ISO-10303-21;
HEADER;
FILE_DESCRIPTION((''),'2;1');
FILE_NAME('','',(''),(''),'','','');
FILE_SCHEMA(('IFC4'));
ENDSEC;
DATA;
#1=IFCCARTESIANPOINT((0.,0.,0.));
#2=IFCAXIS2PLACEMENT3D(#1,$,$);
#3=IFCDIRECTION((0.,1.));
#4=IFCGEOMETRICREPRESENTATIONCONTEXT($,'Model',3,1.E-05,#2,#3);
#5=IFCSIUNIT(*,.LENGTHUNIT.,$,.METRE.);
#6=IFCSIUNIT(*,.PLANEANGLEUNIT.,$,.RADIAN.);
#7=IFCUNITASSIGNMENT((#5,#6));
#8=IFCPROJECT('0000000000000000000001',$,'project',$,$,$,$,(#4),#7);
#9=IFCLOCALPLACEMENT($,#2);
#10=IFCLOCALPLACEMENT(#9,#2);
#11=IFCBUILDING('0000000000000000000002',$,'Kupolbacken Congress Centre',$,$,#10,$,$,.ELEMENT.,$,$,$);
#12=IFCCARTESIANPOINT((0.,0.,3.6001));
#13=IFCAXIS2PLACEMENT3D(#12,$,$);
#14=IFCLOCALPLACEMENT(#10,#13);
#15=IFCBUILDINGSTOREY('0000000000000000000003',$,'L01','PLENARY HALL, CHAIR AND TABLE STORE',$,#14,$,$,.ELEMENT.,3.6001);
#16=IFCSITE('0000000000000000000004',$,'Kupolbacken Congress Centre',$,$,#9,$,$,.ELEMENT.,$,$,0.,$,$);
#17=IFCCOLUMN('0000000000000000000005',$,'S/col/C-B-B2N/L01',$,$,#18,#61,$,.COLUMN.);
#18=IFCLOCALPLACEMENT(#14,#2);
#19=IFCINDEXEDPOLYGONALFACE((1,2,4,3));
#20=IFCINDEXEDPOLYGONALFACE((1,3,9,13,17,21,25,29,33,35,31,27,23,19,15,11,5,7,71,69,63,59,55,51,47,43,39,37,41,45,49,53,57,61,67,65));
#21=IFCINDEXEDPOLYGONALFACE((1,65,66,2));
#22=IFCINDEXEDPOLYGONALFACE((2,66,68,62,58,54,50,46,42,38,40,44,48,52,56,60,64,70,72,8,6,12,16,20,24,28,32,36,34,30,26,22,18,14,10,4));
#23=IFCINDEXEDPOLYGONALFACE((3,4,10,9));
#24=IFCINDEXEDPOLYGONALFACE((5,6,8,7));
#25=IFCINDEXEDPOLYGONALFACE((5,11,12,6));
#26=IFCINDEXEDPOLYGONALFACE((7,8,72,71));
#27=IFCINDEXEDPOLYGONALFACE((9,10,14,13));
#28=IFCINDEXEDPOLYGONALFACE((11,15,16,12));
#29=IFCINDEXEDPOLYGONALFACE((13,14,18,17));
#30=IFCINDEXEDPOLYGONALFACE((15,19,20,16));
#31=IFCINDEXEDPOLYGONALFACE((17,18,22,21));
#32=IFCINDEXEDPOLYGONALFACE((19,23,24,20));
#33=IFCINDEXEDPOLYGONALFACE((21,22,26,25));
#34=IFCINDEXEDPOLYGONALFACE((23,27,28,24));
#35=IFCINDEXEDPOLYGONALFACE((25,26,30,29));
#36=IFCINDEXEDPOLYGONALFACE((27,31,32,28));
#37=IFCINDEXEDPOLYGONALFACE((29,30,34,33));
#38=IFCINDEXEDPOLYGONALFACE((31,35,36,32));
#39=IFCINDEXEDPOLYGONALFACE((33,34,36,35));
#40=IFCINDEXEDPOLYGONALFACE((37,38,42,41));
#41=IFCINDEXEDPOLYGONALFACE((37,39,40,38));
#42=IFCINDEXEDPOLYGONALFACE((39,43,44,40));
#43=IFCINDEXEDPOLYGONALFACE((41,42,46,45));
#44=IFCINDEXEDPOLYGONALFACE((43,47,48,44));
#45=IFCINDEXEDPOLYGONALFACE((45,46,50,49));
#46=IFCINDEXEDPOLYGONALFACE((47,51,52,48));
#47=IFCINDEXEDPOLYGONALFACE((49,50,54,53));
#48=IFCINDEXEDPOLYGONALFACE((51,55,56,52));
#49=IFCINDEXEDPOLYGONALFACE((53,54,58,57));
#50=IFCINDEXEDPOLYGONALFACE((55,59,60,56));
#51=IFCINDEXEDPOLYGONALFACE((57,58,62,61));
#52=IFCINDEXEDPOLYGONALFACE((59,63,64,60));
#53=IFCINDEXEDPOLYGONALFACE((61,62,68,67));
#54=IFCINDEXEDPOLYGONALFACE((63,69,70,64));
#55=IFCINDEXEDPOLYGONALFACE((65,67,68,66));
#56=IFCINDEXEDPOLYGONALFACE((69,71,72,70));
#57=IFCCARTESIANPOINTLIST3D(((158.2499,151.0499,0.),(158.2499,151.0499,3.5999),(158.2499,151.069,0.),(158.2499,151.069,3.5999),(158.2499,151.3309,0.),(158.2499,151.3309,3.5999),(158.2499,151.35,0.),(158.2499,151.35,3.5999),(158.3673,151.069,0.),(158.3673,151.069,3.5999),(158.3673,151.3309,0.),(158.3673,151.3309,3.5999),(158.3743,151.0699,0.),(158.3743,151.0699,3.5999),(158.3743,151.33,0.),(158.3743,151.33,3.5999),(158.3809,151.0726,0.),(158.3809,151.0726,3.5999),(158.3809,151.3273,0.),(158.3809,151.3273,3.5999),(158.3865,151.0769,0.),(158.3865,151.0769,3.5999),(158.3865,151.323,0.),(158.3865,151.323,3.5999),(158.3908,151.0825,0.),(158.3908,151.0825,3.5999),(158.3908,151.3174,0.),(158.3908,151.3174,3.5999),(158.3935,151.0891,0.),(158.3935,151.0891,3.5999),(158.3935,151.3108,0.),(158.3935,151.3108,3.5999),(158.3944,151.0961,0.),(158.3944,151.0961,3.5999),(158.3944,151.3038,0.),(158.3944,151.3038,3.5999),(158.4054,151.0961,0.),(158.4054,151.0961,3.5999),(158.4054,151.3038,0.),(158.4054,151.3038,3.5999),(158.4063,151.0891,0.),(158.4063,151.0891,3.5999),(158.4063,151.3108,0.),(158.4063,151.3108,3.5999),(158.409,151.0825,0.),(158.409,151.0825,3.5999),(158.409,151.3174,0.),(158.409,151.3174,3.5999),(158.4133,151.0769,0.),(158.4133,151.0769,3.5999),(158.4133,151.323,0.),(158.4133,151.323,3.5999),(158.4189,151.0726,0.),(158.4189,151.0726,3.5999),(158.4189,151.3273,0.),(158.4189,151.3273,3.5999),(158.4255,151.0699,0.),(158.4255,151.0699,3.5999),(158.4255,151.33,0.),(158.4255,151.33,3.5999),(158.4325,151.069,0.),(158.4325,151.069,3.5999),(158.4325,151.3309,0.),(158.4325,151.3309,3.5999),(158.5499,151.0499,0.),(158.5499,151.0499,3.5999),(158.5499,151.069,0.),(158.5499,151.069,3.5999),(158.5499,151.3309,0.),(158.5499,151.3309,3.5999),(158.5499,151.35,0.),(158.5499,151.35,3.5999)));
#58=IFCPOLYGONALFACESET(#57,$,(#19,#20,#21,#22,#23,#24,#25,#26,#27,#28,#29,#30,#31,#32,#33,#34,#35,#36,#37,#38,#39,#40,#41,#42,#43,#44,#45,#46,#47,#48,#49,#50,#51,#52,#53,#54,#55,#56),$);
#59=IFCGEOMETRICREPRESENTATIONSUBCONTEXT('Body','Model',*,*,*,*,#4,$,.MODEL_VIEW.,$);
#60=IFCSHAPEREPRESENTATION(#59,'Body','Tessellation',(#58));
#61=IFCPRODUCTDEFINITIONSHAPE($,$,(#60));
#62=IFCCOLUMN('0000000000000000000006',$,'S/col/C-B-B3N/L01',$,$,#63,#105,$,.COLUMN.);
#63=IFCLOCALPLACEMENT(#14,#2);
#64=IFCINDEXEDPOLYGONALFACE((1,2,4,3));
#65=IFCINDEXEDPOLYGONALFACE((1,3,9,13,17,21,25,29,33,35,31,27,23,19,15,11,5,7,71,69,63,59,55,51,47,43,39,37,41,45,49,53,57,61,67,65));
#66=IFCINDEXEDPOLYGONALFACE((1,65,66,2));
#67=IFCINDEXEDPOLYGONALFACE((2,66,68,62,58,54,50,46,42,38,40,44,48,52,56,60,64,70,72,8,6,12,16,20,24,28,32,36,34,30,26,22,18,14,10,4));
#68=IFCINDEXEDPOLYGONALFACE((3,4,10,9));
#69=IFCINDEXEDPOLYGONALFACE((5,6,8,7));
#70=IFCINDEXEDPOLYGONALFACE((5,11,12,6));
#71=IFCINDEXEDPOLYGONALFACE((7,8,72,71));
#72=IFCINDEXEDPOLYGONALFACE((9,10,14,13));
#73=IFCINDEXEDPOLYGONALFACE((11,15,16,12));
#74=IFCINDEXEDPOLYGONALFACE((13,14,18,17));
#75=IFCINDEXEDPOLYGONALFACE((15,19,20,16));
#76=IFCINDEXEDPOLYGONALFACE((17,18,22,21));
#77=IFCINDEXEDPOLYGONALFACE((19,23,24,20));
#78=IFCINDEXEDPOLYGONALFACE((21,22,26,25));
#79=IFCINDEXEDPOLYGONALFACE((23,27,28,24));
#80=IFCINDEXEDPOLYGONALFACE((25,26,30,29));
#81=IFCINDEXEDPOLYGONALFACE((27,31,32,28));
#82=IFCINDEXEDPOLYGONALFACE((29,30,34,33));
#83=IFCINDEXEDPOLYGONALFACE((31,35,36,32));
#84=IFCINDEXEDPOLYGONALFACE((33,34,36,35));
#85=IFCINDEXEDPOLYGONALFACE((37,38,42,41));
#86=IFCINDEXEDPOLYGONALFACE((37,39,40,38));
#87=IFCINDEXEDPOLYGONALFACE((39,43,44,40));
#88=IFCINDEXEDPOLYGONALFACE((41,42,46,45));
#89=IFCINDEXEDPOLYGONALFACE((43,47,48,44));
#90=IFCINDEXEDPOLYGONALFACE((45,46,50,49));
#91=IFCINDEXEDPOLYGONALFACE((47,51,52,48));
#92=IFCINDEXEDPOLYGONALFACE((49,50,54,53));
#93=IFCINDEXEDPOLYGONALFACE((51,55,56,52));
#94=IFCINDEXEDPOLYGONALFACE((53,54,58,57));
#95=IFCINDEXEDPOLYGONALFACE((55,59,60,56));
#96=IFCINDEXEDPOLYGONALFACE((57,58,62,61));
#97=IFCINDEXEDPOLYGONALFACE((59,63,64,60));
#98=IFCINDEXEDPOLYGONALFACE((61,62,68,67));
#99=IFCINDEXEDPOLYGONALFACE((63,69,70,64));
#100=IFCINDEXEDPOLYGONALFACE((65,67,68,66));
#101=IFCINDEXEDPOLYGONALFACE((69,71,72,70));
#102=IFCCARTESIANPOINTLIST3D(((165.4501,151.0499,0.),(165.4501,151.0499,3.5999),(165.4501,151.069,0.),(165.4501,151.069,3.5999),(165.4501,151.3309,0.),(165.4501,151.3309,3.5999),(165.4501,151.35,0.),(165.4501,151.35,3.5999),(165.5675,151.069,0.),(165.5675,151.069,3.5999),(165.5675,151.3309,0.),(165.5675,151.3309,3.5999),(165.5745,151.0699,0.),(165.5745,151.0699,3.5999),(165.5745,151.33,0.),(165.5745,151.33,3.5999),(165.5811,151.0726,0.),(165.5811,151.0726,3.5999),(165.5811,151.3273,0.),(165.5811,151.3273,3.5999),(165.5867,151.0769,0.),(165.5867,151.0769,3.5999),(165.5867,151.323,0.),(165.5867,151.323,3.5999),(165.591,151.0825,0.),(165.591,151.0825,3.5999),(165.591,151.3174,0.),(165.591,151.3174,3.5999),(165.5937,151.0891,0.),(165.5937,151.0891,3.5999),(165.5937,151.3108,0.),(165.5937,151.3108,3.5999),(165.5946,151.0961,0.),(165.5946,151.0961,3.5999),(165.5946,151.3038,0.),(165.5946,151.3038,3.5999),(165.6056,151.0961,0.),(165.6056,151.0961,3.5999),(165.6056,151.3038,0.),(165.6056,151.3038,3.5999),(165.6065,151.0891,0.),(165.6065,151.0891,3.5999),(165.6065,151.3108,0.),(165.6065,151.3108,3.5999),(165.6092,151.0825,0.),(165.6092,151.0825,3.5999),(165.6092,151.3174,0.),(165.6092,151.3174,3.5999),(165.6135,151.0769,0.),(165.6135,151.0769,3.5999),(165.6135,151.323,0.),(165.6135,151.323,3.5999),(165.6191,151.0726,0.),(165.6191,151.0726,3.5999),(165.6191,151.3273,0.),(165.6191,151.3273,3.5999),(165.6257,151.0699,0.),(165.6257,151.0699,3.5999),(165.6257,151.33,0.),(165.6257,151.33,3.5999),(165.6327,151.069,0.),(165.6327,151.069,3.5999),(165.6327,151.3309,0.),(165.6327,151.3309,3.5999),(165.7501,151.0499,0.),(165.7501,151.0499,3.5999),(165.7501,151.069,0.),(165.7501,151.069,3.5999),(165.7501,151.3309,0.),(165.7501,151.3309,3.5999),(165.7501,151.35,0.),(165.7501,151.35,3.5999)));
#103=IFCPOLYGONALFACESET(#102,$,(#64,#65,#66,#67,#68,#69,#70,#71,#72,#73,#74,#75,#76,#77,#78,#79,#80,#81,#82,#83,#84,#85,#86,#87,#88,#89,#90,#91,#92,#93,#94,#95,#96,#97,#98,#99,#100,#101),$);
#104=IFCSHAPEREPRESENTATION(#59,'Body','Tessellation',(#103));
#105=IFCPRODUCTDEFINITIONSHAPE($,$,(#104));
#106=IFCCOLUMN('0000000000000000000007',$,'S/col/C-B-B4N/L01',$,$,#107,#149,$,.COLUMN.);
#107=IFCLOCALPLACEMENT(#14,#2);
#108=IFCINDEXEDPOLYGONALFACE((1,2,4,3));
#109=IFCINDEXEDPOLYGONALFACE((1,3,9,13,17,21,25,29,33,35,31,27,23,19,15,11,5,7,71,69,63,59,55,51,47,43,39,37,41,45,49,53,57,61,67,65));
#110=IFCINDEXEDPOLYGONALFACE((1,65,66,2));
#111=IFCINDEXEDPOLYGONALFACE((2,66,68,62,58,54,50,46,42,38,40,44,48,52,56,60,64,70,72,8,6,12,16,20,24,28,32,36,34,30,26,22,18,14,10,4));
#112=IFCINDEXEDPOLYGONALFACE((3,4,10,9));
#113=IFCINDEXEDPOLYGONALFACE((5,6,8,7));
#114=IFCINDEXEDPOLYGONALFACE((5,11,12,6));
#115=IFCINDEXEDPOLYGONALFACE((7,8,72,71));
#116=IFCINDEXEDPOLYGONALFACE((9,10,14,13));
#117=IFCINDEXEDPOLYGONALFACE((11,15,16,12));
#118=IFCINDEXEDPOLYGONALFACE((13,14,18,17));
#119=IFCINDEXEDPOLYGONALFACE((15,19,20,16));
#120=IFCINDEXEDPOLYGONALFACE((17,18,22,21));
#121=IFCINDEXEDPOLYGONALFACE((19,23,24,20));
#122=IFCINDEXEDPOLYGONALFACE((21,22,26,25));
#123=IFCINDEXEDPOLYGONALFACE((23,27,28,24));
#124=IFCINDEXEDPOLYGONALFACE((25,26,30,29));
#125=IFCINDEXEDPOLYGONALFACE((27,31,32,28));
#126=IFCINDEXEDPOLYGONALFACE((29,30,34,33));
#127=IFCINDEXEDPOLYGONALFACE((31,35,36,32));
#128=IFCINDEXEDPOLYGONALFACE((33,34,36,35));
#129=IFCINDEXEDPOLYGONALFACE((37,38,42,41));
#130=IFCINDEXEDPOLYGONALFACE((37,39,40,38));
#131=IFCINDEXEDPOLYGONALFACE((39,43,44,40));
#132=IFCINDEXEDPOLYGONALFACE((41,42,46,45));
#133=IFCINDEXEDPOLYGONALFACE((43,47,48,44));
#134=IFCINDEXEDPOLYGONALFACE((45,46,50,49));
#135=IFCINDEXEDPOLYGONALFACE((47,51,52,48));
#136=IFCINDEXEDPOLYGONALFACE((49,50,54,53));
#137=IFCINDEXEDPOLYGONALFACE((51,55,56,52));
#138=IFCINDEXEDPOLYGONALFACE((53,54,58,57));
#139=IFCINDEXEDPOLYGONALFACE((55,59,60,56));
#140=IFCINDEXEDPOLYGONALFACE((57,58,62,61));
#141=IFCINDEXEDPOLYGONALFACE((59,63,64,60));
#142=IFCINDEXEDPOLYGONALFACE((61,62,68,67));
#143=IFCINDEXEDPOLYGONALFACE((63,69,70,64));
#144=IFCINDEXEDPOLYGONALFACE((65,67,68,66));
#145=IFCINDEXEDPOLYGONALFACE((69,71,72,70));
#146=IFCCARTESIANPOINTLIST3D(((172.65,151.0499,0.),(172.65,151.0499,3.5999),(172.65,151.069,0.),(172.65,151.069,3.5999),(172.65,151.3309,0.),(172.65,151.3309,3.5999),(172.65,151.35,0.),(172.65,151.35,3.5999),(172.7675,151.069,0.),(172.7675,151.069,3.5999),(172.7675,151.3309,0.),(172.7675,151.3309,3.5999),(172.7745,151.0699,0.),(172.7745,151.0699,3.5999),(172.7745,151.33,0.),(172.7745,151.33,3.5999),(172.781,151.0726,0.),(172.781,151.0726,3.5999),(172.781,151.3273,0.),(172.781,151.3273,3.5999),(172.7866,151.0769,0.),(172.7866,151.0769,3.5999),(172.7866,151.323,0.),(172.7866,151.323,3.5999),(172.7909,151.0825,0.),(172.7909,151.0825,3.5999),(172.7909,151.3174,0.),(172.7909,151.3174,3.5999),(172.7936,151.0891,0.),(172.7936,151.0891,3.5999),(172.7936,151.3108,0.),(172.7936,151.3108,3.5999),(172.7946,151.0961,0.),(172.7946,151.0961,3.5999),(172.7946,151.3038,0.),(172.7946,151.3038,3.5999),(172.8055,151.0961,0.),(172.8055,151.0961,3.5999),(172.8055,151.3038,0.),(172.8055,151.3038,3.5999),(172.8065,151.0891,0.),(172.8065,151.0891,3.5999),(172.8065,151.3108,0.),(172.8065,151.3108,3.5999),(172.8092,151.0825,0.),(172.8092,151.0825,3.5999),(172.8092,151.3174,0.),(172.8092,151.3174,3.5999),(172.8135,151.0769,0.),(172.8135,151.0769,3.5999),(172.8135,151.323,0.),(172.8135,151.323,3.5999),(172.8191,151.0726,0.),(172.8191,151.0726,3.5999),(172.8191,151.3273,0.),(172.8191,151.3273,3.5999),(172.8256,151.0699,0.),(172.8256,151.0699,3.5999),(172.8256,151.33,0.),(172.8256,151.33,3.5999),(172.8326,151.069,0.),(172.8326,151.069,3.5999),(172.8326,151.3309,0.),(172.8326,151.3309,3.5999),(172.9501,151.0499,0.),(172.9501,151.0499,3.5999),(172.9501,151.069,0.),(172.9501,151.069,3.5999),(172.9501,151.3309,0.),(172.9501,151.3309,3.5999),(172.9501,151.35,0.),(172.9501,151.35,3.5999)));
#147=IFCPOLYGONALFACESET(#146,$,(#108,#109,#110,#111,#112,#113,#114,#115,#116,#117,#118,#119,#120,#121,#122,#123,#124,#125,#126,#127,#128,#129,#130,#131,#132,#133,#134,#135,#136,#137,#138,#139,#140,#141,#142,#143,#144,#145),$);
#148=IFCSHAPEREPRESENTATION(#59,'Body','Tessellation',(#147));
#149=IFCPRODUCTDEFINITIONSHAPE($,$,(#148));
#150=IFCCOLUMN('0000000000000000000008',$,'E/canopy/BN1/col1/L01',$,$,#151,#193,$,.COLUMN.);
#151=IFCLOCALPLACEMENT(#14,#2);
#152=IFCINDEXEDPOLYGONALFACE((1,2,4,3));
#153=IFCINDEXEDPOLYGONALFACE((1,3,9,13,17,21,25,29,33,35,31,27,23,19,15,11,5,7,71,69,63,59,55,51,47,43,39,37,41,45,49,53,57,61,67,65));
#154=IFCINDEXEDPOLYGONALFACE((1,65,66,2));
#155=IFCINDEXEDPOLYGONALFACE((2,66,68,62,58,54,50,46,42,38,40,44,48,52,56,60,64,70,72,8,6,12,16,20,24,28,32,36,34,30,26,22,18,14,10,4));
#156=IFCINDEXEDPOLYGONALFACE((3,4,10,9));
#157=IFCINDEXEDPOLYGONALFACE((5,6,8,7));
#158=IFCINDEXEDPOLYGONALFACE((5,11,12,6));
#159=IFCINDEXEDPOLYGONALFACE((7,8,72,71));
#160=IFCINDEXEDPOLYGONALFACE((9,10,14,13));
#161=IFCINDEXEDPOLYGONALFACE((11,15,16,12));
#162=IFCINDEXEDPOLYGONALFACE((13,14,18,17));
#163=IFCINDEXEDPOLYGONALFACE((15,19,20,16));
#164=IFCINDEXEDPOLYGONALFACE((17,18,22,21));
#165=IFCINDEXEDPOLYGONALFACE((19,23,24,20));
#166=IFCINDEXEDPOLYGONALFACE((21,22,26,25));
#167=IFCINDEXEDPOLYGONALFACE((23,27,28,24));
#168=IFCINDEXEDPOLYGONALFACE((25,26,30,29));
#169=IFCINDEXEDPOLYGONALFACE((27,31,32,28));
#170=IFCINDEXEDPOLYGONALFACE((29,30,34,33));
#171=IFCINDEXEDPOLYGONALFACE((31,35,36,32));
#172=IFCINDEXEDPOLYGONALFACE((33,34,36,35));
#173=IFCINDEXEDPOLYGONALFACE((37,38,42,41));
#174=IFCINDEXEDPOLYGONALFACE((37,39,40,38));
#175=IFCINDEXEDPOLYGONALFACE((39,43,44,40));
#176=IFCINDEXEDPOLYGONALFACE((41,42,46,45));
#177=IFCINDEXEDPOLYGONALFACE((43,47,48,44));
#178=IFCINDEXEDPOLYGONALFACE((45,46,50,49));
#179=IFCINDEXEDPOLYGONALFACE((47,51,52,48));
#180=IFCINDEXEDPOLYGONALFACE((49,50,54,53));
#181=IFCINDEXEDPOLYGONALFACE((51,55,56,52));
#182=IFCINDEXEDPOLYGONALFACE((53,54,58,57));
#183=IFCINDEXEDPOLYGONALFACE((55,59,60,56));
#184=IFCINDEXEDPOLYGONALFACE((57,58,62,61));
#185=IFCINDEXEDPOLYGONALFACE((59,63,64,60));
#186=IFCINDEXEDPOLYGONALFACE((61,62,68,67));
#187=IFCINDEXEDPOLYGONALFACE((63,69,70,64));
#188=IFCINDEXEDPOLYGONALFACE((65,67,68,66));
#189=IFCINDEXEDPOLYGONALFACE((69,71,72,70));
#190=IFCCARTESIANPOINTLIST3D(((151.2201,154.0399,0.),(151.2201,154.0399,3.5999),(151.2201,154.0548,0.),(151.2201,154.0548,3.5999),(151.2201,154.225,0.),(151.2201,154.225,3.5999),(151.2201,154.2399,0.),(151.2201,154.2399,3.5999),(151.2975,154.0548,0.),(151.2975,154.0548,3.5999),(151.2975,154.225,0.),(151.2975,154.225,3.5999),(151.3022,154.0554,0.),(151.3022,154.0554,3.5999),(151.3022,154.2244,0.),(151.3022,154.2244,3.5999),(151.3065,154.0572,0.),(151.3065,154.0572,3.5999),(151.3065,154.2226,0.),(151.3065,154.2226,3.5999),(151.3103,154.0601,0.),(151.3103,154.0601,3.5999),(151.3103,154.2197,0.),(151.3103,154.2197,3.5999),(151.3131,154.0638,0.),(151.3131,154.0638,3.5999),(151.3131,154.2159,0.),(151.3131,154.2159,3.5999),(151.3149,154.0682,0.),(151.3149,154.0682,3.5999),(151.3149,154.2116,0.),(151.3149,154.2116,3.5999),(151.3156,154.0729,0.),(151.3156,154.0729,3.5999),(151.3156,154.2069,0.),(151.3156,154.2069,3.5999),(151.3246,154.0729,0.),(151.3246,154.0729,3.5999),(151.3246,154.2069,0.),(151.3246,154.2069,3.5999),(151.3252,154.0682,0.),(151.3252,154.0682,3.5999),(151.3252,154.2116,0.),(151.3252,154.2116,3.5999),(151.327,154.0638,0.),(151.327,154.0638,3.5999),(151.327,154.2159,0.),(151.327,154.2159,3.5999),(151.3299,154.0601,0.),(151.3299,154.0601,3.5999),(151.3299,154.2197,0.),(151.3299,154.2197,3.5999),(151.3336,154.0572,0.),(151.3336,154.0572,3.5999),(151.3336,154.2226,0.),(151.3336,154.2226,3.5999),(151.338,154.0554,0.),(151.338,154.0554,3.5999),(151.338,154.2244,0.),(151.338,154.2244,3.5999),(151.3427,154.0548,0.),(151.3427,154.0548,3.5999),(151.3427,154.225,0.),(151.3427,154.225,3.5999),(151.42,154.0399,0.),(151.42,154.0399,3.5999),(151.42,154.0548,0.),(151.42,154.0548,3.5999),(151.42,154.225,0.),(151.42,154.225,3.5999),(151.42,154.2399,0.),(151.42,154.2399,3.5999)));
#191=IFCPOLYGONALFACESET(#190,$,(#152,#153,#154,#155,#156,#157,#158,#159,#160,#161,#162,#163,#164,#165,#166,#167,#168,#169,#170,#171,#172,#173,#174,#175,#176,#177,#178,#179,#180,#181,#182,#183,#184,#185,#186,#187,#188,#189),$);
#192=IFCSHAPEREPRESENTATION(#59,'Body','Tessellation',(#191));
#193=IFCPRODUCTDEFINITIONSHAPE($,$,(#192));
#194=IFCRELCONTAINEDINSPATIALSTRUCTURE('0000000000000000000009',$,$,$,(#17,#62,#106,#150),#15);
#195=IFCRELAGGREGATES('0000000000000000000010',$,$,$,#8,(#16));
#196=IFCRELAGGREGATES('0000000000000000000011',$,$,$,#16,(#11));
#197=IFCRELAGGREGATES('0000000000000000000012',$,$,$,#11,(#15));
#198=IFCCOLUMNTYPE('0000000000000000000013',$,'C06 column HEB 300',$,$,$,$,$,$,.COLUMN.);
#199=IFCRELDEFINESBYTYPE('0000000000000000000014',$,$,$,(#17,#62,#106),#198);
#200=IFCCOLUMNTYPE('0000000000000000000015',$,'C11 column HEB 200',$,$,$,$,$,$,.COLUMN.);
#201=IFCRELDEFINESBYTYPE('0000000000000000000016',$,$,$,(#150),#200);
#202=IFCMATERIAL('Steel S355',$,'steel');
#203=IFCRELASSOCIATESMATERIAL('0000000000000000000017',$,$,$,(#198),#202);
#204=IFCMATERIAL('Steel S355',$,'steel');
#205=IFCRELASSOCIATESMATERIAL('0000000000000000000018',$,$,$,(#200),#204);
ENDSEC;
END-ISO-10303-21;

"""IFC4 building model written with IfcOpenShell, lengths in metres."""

from ifc_helpers import new_model, si_unit, direction, frame, origin, origin_2d, place, context, subcontext, project, spatial, i_section, extrude, material, material_profile, profile_set, type_object, element, save


model = new_model("IFC4")

# Units and contexts
model_context = context("Model", 3, precision=1e-05, world=origin(), true_north=direction((0.0, 1.0)))
body_context = subcontext(model_context, "Body", "Model", "MODEL_VIEW")
ifc_project = project(units=[si_unit("LENGTHUNIT", "METRE"), si_unit("PLANEANGLEUNIT", "RADIAN")], contexts=[model_context])

# Site, building, storey
site_placement = place(None, origin())
site = spatial("IfcSite", under=ifc_project, at=site_placement, Name="Kupolbacken Congress Centre", CompositionType="ELEMENT", RefElevation=0.0)
building_placement = place(site_placement, origin())
building = spatial("IfcBuilding", under=site, at=building_placement, Name="Kupolbacken Congress Centre", CompositionType="ELEMENT")
storey_placement = place(building_placement, frame((0.0, 0.0, 3.6001)))
storey = spatial("IfcBuildingStorey", under=building, at=storey_placement, Name="L01", Description="PLENARY HALL, CHAIR AND TABLE STORE", CompositionType="ELEMENT", Elevation=3.6001)

# Columns
ifc_material_1 = material(Name="Steel S355", Category="steel")
ifc_material_profile_1 = material_profile(ifc_material_1, i_section(OverallWidth=0.3, OverallDepth=0.3, WebThickness=0.011, FlangeThickness=0.019, FilletRadius=0.0271, at=origin_2d()), Name="HEB 300")
ifc_profile_set_1 = profile_set([ifc_material_profile_1], Name="Steel S355")
column_type_1 = type_object("IfcColumnType", Name="C06 column HEB 300", PredefinedType="COLUMN", material=ifc_profile_set_1)
for number, where, z_axis, x_axis, name in (
    (1, (158.3999, 151.2, 0.0), (0.0, 0.0, 1.0), (1.0, 0.0, 0.0), "S/col/C-B-B2N/L01"),
    (2, (165.6001, 151.2, 0.0), (0.0, 0.0, 1.0), (1.0, 0.0, 0.0), "S/col/C-B-B3N/L01"),
    (3, (172.8, 151.2, 0.0), (0.0, 0.0, 1.0), (1.0, 0.0, 0.0), "S/col/C-B-B4N/L01"),
):
    element("IfcColumn", number, at=place(storey_placement, frame(where, z_axis=z_axis, x_axis=x_axis)), inside=storey, type_object=column_type_1, Name=name, PredefinedType="COLUMN", context=body_context, shape_type="SweptSolid", body=[
        extrude(i_section(OverallWidth=0.3, OverallDepth=0.3, WebThickness=0.011, FlangeThickness=0.019, FilletRadius=0.0271, at=origin_2d()), origin(), (0.0, 0.0, 1.0), 3.5999),
    ])
ifc_material_2 = material(Name="Steel S355", Category="steel")
ifc_material_profile_2 = material_profile(ifc_material_2, i_section(OverallWidth=0.2, OverallDepth=0.2, WebThickness=0.009, FlangeThickness=0.0149, FilletRadius=0.0181, at=origin_2d()), Name="HEB 200")
ifc_profile_set_2 = profile_set([ifc_material_profile_2], Name="Steel S355")
column_type_2 = type_object("IfcColumnType", Name="C11 column HEB 200", PredefinedType="COLUMN", material=ifc_profile_set_2)
for number, where, z_axis, x_axis, name in (
    (4, (151.3201, 154.1399, 0.0), (0.0, 0.0, 1.0), (1.0, 0.0, 0.0), "E/canopy/BN1/col1/L01"),
):
    element("IfcColumn", number, at=place(storey_placement, frame(where, z_axis=z_axis, x_axis=x_axis)), inside=storey, type_object=column_type_2, Name=name, PredefinedType="COLUMN", context=body_context, shape_type="SweptSolid", body=[
        extrude(i_section(OverallWidth=0.2, OverallDepth=0.2, WebThickness=0.009, FlangeThickness=0.0149, FilletRadius=0.0181, at=origin_2d()), origin(), (0.0, 0.0, 1.0), 3.5999),
    ])

save(model, "model.ifc")
